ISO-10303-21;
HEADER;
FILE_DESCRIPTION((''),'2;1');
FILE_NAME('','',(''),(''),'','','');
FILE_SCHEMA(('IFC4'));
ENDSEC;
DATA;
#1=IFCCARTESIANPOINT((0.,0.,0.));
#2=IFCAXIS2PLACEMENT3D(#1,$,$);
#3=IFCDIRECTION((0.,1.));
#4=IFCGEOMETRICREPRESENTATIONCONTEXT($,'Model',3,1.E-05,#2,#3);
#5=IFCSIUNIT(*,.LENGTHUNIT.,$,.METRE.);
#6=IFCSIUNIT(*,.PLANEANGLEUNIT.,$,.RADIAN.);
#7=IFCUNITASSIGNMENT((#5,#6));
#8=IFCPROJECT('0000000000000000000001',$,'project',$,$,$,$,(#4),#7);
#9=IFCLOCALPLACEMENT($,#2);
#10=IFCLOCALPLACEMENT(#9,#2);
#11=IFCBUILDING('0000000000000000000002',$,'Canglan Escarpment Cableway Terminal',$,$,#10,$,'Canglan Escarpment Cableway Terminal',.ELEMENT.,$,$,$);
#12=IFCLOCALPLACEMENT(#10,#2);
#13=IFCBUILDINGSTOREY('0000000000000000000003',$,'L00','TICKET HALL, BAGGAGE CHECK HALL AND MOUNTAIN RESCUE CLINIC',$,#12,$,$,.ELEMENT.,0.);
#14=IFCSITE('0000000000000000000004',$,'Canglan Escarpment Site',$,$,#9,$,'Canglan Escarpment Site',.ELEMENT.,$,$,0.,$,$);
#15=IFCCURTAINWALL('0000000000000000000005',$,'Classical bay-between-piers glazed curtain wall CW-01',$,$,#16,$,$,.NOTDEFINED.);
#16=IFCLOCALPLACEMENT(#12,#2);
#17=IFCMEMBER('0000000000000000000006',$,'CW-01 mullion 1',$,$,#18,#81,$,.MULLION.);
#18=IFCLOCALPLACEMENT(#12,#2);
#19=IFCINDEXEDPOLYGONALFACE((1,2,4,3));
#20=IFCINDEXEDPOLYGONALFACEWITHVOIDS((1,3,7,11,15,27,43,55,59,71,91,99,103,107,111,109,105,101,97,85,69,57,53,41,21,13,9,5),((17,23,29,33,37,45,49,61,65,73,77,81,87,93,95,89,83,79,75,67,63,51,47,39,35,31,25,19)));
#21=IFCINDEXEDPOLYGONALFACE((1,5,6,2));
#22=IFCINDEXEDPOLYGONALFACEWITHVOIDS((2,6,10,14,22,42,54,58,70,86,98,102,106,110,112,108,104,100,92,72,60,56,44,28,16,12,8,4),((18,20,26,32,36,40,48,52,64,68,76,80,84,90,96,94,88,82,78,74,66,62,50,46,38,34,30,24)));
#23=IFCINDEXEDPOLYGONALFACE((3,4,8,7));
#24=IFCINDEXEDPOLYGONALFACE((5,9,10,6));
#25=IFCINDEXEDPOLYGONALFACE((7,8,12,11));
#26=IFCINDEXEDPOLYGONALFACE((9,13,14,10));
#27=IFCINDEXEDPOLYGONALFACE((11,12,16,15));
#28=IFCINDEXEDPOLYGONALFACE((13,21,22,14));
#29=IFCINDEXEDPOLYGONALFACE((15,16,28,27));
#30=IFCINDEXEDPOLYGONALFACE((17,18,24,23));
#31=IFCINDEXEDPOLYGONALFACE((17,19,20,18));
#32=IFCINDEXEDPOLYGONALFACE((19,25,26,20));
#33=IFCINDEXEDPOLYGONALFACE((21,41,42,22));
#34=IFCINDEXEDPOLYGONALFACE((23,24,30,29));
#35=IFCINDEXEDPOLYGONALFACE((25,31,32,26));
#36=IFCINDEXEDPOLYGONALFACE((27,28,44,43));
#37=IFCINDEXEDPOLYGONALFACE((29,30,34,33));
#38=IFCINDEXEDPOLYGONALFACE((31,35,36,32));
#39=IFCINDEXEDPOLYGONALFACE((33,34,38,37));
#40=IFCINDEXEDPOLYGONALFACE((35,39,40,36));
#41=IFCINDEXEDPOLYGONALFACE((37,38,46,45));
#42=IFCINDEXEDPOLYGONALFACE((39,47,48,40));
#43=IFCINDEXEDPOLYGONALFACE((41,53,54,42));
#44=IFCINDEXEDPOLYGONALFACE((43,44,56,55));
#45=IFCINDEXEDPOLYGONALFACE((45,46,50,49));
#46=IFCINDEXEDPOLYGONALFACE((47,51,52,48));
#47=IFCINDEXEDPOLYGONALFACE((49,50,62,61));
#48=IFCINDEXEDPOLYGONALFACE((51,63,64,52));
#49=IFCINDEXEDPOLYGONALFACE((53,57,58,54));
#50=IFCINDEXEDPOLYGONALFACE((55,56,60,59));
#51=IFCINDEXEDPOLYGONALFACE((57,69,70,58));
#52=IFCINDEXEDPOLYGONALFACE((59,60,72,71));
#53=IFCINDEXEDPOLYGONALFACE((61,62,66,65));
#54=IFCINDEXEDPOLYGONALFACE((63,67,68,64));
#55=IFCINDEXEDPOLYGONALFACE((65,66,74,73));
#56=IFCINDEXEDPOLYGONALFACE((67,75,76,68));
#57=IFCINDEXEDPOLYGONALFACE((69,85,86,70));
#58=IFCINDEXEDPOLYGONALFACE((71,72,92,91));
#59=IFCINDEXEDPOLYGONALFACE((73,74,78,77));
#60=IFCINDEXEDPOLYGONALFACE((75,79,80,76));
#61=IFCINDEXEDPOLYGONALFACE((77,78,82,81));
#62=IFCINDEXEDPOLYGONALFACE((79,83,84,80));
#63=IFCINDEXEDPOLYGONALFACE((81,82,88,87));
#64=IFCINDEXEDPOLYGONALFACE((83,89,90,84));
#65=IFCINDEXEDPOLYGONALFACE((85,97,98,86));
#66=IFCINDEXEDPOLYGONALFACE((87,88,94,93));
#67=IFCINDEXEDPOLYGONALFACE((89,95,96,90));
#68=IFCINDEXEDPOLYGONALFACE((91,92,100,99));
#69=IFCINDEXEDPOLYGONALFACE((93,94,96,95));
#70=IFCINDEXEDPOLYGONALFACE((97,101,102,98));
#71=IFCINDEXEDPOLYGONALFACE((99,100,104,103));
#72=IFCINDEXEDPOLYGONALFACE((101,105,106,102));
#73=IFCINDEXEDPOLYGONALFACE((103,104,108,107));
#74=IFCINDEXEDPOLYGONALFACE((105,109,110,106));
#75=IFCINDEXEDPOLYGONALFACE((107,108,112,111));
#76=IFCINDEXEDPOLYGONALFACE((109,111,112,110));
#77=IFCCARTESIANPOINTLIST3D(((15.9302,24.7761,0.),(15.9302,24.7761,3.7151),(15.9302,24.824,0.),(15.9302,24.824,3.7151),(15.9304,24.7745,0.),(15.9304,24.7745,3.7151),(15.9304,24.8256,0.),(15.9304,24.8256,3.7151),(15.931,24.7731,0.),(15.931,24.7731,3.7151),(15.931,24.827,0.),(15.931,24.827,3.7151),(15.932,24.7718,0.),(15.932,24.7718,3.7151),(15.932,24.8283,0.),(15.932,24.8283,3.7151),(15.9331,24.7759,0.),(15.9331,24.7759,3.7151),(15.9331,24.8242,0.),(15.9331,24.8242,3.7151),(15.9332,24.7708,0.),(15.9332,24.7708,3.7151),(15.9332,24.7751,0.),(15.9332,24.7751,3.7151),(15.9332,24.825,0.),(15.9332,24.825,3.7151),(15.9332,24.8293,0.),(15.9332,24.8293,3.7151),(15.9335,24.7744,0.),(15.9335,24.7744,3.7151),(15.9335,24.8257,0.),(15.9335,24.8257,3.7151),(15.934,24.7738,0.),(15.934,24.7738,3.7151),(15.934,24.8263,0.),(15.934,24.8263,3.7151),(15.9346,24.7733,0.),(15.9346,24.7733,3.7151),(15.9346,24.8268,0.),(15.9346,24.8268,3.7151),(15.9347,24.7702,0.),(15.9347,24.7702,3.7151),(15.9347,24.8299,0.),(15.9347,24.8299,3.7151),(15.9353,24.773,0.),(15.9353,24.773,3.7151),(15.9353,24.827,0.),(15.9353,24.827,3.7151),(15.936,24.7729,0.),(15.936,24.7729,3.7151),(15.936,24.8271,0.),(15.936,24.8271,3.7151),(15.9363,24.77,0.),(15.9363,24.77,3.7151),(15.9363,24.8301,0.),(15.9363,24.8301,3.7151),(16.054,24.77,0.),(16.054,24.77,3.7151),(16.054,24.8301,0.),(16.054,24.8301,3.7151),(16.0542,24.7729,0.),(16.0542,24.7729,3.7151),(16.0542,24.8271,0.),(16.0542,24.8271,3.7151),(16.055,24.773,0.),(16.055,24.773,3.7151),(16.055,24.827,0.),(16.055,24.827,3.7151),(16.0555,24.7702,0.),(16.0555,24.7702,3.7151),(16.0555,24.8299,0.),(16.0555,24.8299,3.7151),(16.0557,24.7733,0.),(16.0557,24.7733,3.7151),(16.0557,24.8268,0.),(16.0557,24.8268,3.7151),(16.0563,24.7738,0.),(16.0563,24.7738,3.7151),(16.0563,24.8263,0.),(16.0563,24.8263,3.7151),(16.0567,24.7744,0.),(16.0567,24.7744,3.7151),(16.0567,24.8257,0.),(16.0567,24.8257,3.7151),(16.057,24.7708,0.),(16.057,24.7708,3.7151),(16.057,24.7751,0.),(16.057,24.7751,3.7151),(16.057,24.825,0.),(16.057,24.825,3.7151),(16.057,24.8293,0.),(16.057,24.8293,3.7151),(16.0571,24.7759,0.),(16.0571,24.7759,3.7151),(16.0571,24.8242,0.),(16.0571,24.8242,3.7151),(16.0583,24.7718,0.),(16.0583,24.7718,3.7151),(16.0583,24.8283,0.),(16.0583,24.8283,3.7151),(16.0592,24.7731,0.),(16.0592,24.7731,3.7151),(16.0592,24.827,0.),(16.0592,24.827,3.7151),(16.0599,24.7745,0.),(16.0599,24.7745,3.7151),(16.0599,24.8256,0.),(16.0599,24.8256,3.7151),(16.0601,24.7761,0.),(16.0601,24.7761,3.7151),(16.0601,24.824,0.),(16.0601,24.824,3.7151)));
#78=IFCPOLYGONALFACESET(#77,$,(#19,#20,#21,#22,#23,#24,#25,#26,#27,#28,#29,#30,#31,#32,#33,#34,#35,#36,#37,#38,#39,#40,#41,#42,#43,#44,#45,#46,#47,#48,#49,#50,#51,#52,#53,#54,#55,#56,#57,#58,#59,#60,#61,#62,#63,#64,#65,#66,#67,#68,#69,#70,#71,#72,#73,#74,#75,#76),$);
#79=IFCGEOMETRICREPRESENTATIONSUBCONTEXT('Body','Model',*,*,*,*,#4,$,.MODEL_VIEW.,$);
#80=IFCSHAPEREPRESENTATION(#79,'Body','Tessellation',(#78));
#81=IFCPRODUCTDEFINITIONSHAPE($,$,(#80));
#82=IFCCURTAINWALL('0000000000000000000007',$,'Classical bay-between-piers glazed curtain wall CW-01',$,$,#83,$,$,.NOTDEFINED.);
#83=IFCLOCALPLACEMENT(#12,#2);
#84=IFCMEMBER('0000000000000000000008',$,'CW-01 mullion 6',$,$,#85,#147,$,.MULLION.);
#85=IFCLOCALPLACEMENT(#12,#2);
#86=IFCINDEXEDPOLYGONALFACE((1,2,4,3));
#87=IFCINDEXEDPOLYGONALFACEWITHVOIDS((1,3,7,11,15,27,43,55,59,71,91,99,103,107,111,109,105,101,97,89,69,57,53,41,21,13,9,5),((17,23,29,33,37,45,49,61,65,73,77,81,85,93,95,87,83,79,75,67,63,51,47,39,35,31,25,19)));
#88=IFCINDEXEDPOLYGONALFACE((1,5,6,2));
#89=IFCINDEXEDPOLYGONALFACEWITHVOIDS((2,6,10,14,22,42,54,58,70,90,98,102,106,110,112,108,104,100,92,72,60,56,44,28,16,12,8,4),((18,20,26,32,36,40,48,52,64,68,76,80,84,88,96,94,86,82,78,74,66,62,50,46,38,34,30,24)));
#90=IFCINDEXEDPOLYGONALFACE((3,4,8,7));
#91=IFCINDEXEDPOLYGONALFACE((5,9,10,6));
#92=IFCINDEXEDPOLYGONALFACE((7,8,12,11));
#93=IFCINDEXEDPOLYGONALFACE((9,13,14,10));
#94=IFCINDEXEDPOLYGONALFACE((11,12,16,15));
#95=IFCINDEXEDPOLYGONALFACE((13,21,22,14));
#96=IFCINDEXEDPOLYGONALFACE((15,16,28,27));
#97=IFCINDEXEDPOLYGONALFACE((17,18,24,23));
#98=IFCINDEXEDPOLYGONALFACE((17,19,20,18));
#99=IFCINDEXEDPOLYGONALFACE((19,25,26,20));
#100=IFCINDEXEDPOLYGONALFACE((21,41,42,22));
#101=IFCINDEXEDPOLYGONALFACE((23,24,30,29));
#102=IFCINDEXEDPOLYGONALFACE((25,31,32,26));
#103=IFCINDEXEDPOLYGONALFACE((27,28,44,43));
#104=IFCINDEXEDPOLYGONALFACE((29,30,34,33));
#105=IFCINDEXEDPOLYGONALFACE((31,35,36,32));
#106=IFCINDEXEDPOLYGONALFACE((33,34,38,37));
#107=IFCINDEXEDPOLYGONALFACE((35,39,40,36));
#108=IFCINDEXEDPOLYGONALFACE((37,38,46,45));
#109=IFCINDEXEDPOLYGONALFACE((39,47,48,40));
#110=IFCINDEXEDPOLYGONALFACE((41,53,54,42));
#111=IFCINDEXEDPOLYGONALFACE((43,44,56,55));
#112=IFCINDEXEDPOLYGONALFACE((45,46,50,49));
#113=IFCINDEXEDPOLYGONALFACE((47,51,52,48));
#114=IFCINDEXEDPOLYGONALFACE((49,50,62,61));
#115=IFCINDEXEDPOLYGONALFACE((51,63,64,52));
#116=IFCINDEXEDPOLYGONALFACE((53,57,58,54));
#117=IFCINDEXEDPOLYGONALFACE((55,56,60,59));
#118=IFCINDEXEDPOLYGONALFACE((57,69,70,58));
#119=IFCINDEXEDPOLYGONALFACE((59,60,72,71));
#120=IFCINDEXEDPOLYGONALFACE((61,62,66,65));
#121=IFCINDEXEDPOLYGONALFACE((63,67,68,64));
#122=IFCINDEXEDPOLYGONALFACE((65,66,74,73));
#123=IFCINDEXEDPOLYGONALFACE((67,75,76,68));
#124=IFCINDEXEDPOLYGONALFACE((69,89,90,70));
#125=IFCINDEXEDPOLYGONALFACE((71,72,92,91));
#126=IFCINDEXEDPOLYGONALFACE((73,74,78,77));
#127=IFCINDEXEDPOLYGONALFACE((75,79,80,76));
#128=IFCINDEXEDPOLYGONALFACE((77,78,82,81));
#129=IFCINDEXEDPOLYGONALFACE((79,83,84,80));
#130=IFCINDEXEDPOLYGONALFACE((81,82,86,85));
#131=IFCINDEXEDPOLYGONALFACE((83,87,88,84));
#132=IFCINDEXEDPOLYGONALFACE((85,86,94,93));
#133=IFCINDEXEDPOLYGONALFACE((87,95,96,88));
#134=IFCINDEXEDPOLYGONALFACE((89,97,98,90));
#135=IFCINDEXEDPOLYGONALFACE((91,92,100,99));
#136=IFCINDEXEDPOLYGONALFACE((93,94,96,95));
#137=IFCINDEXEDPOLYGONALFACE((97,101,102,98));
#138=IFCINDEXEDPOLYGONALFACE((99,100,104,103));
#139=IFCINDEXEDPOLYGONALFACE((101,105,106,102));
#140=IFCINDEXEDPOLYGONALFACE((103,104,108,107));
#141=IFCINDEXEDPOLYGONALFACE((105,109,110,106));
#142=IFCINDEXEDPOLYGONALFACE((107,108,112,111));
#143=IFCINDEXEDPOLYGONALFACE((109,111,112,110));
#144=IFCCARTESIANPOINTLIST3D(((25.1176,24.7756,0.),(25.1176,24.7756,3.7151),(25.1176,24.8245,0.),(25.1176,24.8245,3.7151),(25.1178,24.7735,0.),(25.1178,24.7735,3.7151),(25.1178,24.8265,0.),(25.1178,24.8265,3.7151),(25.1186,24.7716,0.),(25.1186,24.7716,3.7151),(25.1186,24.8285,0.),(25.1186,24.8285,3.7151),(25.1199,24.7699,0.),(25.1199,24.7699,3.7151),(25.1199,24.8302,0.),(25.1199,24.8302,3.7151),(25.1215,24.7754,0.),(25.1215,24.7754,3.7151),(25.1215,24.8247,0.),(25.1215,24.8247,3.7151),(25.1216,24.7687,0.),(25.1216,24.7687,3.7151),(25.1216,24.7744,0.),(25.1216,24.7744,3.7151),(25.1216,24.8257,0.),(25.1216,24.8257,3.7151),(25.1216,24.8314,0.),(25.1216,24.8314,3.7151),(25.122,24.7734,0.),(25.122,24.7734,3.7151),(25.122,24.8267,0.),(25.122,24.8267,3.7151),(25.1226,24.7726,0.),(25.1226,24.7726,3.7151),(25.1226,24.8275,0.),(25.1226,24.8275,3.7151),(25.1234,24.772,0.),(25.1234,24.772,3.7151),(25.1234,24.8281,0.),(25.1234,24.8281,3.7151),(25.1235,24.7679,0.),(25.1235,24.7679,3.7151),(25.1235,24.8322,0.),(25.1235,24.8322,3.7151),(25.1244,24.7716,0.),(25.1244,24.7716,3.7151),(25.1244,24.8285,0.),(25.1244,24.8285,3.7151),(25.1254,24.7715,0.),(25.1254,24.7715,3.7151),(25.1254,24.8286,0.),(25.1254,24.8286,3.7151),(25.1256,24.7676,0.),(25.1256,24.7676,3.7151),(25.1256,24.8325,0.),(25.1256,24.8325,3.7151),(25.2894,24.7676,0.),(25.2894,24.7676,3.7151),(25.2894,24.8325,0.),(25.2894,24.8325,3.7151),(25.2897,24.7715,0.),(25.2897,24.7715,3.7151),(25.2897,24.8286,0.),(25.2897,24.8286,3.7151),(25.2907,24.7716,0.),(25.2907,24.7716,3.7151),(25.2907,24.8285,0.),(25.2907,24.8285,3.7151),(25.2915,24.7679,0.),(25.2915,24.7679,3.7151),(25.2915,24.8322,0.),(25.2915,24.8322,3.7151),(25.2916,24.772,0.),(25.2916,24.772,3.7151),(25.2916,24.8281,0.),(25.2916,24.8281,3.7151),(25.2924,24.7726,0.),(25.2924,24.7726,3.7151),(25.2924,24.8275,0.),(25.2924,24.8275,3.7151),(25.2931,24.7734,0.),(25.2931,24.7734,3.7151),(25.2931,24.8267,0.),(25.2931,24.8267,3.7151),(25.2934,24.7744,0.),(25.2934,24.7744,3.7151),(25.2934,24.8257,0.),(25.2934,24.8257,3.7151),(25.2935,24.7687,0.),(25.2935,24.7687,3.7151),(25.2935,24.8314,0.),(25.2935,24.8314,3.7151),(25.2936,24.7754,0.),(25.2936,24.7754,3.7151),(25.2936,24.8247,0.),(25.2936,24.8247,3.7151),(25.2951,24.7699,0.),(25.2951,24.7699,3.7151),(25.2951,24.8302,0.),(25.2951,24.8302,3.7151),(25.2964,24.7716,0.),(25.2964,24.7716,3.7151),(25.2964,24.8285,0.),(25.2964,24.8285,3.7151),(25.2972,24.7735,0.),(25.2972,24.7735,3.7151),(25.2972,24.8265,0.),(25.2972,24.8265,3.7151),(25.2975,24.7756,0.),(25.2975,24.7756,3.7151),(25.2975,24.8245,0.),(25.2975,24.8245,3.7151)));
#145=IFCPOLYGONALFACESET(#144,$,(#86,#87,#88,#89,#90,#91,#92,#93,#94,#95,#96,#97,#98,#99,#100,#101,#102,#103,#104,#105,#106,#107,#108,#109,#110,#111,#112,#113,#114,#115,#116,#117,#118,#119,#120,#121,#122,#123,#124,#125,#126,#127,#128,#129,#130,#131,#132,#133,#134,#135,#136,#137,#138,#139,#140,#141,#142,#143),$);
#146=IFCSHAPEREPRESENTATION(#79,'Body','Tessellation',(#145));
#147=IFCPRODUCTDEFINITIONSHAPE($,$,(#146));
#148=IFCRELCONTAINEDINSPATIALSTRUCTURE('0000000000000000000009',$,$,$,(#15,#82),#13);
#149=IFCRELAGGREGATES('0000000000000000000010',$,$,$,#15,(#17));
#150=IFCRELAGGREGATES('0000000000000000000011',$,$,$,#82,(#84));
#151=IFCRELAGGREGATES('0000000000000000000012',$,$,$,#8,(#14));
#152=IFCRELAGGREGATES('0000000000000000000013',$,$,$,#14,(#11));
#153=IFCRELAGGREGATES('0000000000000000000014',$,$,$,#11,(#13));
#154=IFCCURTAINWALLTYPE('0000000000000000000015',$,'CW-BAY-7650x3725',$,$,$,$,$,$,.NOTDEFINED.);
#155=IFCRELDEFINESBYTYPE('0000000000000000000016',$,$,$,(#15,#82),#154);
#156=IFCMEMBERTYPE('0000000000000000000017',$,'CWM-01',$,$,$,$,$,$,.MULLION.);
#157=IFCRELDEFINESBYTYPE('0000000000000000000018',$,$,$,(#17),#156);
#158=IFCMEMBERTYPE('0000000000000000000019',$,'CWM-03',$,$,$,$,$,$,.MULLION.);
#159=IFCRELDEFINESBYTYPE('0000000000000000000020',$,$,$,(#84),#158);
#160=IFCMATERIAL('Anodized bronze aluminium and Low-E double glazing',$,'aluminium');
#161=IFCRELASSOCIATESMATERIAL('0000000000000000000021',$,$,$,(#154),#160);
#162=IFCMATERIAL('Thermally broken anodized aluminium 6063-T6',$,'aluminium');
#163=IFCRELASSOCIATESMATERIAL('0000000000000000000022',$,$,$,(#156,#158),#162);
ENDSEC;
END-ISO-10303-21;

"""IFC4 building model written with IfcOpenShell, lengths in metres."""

from ifc_helpers import new_model, si_unit, direction, frame, origin, origin_2d, place, context, subcontext, project, spatial, hollow_rectangle, extrude, material, material_profile, profile_set, type_object, element, aggregate, save


model = new_model("IFC4")

# Units and contexts
model_context = context("Model", 3, precision=1e-05, world=origin(), true_north=direction((0.0, 1.0)))
body_context = subcontext(model_context, "Body", "Model", "MODEL_VIEW")
ifc_project = project(units=[si_unit("LENGTHUNIT", "METRE"), si_unit("PLANEANGLEUNIT", "RADIAN")], contexts=[model_context])

# Site, building, storey
site_placement = place(None, origin())
site = spatial("IfcSite", under=ifc_project, at=site_placement, Name="Canglan Escarpment Site", LongName="Canglan Escarpment Site", CompositionType="ELEMENT", RefElevation=0.0)
building_placement = place(site_placement, origin())
building = spatial("IfcBuilding", under=site, at=building_placement, Name="Canglan Escarpment Cableway Terminal", LongName="Canglan Escarpment Cableway Terminal", CompositionType="ELEMENT")
storey_placement = place(building_placement, origin())
storey = spatial("IfcBuildingStorey", under=building, at=storey_placement, Name="L00", Description="TICKET HALL, BAGGAGE CHECK HALL AND MOUNTAIN RESCUE CLINIC", CompositionType="ELEMENT", Elevation=0.0)

# Curtain walls, members
ifc_material_1 = material(Name="Anodized bronze aluminium and Low-E double glazing", Category="aluminium")
curtain_wall_type = type_object("IfcCurtainWallType", Name="CW-BAY-7650x3725", PredefinedType="NOTDEFINED", material=ifc_material_1)
curtain_wall_1_placement = place(storey_placement, origin())
curtain_wall_1 = element("IfcCurtainWall", 1, at=curtain_wall_1_placement, inside=storey, type_object=curtain_wall_type, Name="Classical bay-between-piers glazed curtain wall CW-01", PredefinedType="NOTDEFINED")
ifc_material_2 = material(Name="Thermally broken anodized aluminium 6063-T6", Category="aluminium")
ifc_material_profile_1 = material_profile(ifc_material_2, hollow_rectangle(XDim=0.0601, YDim=0.1299, WallThickness=0.0029, InnerFilletRadius=0.0029, OuterFilletRadius=0.0061, at=origin_2d()), Name="ALU-MULL 60x130x3")
ifc_profile_set_1 = profile_set([ifc_material_profile_1], Name="Thermally broken anodized aluminium 6063-T6")
member_type_1 = type_object("IfcMemberType", Name="CWM-01", PredefinedType="MULLION", material=ifc_profile_set_1)
member_1_placement = place(storey_placement, frame((15.9951, 24.8, 0.0), z_axis=(0.0, 0.0, 1.0), x_axis=(0.0, -1.0, 0.0)))
member_1 = element("IfcMember", 2, at=member_1_placement, type_object=member_type_1, Name="CW-01 mullion 1", PredefinedType="MULLION", context=body_context, shape_type="SweptSolid", body=[
    extrude(hollow_rectangle(XDim=0.0601, YDim=0.1299, WallThickness=0.0029, InnerFilletRadius=0.0029, OuterFilletRadius=0.0061, at=origin_2d()), origin(), (0.0, 0.0, 1.0), 3.7151),
])
curtain_wall_2_placement = place(storey_placement, origin())
curtain_wall_2 = element("IfcCurtainWall", 3, at=curtain_wall_2_placement, inside=storey, type_object=curtain_wall_type, Name="Classical bay-between-piers glazed curtain wall CW-01", PredefinedType="NOTDEFINED")
ifc_material_profile_2 = material_profile(ifc_material_2, hollow_rectangle(XDim=0.0649, YDim=0.1799, WallThickness=0.0039, InnerFilletRadius=0.0039, OuterFilletRadius=0.0081, at=origin_2d()), Name="ALU-MULL 65x180x4")
ifc_profile_set_2 = profile_set([ifc_material_profile_2], Name="Thermally broken anodized aluminium 6063-T6")
member_type_2 = type_object("IfcMemberType", Name="CWM-03", PredefinedType="MULLION", material=ifc_profile_set_2)
member_2_placement = place(storey_placement, frame((25.2075, 24.8, 0.0), z_axis=(0.0, 0.0, 1.0), x_axis=(0.0, -1.0, 0.0)))
member_2 = element("IfcMember", 4, at=member_2_placement, type_object=member_type_2, Name="CW-01 mullion 6", PredefinedType="MULLION", context=body_context, shape_type="SweptSolid", body=[
    extrude(hollow_rectangle(XDim=0.0649, YDim=0.1799, WallThickness=0.0039, InnerFilletRadius=0.0039, OuterFilletRadius=0.0081, at=origin_2d()), origin(), (0.0, 0.0, 1.0), 3.7151),
])

aggregate(curtain_wall_1, [member_1])

aggregate(curtain_wall_2, [member_2])

save(model, "model.ifc")
